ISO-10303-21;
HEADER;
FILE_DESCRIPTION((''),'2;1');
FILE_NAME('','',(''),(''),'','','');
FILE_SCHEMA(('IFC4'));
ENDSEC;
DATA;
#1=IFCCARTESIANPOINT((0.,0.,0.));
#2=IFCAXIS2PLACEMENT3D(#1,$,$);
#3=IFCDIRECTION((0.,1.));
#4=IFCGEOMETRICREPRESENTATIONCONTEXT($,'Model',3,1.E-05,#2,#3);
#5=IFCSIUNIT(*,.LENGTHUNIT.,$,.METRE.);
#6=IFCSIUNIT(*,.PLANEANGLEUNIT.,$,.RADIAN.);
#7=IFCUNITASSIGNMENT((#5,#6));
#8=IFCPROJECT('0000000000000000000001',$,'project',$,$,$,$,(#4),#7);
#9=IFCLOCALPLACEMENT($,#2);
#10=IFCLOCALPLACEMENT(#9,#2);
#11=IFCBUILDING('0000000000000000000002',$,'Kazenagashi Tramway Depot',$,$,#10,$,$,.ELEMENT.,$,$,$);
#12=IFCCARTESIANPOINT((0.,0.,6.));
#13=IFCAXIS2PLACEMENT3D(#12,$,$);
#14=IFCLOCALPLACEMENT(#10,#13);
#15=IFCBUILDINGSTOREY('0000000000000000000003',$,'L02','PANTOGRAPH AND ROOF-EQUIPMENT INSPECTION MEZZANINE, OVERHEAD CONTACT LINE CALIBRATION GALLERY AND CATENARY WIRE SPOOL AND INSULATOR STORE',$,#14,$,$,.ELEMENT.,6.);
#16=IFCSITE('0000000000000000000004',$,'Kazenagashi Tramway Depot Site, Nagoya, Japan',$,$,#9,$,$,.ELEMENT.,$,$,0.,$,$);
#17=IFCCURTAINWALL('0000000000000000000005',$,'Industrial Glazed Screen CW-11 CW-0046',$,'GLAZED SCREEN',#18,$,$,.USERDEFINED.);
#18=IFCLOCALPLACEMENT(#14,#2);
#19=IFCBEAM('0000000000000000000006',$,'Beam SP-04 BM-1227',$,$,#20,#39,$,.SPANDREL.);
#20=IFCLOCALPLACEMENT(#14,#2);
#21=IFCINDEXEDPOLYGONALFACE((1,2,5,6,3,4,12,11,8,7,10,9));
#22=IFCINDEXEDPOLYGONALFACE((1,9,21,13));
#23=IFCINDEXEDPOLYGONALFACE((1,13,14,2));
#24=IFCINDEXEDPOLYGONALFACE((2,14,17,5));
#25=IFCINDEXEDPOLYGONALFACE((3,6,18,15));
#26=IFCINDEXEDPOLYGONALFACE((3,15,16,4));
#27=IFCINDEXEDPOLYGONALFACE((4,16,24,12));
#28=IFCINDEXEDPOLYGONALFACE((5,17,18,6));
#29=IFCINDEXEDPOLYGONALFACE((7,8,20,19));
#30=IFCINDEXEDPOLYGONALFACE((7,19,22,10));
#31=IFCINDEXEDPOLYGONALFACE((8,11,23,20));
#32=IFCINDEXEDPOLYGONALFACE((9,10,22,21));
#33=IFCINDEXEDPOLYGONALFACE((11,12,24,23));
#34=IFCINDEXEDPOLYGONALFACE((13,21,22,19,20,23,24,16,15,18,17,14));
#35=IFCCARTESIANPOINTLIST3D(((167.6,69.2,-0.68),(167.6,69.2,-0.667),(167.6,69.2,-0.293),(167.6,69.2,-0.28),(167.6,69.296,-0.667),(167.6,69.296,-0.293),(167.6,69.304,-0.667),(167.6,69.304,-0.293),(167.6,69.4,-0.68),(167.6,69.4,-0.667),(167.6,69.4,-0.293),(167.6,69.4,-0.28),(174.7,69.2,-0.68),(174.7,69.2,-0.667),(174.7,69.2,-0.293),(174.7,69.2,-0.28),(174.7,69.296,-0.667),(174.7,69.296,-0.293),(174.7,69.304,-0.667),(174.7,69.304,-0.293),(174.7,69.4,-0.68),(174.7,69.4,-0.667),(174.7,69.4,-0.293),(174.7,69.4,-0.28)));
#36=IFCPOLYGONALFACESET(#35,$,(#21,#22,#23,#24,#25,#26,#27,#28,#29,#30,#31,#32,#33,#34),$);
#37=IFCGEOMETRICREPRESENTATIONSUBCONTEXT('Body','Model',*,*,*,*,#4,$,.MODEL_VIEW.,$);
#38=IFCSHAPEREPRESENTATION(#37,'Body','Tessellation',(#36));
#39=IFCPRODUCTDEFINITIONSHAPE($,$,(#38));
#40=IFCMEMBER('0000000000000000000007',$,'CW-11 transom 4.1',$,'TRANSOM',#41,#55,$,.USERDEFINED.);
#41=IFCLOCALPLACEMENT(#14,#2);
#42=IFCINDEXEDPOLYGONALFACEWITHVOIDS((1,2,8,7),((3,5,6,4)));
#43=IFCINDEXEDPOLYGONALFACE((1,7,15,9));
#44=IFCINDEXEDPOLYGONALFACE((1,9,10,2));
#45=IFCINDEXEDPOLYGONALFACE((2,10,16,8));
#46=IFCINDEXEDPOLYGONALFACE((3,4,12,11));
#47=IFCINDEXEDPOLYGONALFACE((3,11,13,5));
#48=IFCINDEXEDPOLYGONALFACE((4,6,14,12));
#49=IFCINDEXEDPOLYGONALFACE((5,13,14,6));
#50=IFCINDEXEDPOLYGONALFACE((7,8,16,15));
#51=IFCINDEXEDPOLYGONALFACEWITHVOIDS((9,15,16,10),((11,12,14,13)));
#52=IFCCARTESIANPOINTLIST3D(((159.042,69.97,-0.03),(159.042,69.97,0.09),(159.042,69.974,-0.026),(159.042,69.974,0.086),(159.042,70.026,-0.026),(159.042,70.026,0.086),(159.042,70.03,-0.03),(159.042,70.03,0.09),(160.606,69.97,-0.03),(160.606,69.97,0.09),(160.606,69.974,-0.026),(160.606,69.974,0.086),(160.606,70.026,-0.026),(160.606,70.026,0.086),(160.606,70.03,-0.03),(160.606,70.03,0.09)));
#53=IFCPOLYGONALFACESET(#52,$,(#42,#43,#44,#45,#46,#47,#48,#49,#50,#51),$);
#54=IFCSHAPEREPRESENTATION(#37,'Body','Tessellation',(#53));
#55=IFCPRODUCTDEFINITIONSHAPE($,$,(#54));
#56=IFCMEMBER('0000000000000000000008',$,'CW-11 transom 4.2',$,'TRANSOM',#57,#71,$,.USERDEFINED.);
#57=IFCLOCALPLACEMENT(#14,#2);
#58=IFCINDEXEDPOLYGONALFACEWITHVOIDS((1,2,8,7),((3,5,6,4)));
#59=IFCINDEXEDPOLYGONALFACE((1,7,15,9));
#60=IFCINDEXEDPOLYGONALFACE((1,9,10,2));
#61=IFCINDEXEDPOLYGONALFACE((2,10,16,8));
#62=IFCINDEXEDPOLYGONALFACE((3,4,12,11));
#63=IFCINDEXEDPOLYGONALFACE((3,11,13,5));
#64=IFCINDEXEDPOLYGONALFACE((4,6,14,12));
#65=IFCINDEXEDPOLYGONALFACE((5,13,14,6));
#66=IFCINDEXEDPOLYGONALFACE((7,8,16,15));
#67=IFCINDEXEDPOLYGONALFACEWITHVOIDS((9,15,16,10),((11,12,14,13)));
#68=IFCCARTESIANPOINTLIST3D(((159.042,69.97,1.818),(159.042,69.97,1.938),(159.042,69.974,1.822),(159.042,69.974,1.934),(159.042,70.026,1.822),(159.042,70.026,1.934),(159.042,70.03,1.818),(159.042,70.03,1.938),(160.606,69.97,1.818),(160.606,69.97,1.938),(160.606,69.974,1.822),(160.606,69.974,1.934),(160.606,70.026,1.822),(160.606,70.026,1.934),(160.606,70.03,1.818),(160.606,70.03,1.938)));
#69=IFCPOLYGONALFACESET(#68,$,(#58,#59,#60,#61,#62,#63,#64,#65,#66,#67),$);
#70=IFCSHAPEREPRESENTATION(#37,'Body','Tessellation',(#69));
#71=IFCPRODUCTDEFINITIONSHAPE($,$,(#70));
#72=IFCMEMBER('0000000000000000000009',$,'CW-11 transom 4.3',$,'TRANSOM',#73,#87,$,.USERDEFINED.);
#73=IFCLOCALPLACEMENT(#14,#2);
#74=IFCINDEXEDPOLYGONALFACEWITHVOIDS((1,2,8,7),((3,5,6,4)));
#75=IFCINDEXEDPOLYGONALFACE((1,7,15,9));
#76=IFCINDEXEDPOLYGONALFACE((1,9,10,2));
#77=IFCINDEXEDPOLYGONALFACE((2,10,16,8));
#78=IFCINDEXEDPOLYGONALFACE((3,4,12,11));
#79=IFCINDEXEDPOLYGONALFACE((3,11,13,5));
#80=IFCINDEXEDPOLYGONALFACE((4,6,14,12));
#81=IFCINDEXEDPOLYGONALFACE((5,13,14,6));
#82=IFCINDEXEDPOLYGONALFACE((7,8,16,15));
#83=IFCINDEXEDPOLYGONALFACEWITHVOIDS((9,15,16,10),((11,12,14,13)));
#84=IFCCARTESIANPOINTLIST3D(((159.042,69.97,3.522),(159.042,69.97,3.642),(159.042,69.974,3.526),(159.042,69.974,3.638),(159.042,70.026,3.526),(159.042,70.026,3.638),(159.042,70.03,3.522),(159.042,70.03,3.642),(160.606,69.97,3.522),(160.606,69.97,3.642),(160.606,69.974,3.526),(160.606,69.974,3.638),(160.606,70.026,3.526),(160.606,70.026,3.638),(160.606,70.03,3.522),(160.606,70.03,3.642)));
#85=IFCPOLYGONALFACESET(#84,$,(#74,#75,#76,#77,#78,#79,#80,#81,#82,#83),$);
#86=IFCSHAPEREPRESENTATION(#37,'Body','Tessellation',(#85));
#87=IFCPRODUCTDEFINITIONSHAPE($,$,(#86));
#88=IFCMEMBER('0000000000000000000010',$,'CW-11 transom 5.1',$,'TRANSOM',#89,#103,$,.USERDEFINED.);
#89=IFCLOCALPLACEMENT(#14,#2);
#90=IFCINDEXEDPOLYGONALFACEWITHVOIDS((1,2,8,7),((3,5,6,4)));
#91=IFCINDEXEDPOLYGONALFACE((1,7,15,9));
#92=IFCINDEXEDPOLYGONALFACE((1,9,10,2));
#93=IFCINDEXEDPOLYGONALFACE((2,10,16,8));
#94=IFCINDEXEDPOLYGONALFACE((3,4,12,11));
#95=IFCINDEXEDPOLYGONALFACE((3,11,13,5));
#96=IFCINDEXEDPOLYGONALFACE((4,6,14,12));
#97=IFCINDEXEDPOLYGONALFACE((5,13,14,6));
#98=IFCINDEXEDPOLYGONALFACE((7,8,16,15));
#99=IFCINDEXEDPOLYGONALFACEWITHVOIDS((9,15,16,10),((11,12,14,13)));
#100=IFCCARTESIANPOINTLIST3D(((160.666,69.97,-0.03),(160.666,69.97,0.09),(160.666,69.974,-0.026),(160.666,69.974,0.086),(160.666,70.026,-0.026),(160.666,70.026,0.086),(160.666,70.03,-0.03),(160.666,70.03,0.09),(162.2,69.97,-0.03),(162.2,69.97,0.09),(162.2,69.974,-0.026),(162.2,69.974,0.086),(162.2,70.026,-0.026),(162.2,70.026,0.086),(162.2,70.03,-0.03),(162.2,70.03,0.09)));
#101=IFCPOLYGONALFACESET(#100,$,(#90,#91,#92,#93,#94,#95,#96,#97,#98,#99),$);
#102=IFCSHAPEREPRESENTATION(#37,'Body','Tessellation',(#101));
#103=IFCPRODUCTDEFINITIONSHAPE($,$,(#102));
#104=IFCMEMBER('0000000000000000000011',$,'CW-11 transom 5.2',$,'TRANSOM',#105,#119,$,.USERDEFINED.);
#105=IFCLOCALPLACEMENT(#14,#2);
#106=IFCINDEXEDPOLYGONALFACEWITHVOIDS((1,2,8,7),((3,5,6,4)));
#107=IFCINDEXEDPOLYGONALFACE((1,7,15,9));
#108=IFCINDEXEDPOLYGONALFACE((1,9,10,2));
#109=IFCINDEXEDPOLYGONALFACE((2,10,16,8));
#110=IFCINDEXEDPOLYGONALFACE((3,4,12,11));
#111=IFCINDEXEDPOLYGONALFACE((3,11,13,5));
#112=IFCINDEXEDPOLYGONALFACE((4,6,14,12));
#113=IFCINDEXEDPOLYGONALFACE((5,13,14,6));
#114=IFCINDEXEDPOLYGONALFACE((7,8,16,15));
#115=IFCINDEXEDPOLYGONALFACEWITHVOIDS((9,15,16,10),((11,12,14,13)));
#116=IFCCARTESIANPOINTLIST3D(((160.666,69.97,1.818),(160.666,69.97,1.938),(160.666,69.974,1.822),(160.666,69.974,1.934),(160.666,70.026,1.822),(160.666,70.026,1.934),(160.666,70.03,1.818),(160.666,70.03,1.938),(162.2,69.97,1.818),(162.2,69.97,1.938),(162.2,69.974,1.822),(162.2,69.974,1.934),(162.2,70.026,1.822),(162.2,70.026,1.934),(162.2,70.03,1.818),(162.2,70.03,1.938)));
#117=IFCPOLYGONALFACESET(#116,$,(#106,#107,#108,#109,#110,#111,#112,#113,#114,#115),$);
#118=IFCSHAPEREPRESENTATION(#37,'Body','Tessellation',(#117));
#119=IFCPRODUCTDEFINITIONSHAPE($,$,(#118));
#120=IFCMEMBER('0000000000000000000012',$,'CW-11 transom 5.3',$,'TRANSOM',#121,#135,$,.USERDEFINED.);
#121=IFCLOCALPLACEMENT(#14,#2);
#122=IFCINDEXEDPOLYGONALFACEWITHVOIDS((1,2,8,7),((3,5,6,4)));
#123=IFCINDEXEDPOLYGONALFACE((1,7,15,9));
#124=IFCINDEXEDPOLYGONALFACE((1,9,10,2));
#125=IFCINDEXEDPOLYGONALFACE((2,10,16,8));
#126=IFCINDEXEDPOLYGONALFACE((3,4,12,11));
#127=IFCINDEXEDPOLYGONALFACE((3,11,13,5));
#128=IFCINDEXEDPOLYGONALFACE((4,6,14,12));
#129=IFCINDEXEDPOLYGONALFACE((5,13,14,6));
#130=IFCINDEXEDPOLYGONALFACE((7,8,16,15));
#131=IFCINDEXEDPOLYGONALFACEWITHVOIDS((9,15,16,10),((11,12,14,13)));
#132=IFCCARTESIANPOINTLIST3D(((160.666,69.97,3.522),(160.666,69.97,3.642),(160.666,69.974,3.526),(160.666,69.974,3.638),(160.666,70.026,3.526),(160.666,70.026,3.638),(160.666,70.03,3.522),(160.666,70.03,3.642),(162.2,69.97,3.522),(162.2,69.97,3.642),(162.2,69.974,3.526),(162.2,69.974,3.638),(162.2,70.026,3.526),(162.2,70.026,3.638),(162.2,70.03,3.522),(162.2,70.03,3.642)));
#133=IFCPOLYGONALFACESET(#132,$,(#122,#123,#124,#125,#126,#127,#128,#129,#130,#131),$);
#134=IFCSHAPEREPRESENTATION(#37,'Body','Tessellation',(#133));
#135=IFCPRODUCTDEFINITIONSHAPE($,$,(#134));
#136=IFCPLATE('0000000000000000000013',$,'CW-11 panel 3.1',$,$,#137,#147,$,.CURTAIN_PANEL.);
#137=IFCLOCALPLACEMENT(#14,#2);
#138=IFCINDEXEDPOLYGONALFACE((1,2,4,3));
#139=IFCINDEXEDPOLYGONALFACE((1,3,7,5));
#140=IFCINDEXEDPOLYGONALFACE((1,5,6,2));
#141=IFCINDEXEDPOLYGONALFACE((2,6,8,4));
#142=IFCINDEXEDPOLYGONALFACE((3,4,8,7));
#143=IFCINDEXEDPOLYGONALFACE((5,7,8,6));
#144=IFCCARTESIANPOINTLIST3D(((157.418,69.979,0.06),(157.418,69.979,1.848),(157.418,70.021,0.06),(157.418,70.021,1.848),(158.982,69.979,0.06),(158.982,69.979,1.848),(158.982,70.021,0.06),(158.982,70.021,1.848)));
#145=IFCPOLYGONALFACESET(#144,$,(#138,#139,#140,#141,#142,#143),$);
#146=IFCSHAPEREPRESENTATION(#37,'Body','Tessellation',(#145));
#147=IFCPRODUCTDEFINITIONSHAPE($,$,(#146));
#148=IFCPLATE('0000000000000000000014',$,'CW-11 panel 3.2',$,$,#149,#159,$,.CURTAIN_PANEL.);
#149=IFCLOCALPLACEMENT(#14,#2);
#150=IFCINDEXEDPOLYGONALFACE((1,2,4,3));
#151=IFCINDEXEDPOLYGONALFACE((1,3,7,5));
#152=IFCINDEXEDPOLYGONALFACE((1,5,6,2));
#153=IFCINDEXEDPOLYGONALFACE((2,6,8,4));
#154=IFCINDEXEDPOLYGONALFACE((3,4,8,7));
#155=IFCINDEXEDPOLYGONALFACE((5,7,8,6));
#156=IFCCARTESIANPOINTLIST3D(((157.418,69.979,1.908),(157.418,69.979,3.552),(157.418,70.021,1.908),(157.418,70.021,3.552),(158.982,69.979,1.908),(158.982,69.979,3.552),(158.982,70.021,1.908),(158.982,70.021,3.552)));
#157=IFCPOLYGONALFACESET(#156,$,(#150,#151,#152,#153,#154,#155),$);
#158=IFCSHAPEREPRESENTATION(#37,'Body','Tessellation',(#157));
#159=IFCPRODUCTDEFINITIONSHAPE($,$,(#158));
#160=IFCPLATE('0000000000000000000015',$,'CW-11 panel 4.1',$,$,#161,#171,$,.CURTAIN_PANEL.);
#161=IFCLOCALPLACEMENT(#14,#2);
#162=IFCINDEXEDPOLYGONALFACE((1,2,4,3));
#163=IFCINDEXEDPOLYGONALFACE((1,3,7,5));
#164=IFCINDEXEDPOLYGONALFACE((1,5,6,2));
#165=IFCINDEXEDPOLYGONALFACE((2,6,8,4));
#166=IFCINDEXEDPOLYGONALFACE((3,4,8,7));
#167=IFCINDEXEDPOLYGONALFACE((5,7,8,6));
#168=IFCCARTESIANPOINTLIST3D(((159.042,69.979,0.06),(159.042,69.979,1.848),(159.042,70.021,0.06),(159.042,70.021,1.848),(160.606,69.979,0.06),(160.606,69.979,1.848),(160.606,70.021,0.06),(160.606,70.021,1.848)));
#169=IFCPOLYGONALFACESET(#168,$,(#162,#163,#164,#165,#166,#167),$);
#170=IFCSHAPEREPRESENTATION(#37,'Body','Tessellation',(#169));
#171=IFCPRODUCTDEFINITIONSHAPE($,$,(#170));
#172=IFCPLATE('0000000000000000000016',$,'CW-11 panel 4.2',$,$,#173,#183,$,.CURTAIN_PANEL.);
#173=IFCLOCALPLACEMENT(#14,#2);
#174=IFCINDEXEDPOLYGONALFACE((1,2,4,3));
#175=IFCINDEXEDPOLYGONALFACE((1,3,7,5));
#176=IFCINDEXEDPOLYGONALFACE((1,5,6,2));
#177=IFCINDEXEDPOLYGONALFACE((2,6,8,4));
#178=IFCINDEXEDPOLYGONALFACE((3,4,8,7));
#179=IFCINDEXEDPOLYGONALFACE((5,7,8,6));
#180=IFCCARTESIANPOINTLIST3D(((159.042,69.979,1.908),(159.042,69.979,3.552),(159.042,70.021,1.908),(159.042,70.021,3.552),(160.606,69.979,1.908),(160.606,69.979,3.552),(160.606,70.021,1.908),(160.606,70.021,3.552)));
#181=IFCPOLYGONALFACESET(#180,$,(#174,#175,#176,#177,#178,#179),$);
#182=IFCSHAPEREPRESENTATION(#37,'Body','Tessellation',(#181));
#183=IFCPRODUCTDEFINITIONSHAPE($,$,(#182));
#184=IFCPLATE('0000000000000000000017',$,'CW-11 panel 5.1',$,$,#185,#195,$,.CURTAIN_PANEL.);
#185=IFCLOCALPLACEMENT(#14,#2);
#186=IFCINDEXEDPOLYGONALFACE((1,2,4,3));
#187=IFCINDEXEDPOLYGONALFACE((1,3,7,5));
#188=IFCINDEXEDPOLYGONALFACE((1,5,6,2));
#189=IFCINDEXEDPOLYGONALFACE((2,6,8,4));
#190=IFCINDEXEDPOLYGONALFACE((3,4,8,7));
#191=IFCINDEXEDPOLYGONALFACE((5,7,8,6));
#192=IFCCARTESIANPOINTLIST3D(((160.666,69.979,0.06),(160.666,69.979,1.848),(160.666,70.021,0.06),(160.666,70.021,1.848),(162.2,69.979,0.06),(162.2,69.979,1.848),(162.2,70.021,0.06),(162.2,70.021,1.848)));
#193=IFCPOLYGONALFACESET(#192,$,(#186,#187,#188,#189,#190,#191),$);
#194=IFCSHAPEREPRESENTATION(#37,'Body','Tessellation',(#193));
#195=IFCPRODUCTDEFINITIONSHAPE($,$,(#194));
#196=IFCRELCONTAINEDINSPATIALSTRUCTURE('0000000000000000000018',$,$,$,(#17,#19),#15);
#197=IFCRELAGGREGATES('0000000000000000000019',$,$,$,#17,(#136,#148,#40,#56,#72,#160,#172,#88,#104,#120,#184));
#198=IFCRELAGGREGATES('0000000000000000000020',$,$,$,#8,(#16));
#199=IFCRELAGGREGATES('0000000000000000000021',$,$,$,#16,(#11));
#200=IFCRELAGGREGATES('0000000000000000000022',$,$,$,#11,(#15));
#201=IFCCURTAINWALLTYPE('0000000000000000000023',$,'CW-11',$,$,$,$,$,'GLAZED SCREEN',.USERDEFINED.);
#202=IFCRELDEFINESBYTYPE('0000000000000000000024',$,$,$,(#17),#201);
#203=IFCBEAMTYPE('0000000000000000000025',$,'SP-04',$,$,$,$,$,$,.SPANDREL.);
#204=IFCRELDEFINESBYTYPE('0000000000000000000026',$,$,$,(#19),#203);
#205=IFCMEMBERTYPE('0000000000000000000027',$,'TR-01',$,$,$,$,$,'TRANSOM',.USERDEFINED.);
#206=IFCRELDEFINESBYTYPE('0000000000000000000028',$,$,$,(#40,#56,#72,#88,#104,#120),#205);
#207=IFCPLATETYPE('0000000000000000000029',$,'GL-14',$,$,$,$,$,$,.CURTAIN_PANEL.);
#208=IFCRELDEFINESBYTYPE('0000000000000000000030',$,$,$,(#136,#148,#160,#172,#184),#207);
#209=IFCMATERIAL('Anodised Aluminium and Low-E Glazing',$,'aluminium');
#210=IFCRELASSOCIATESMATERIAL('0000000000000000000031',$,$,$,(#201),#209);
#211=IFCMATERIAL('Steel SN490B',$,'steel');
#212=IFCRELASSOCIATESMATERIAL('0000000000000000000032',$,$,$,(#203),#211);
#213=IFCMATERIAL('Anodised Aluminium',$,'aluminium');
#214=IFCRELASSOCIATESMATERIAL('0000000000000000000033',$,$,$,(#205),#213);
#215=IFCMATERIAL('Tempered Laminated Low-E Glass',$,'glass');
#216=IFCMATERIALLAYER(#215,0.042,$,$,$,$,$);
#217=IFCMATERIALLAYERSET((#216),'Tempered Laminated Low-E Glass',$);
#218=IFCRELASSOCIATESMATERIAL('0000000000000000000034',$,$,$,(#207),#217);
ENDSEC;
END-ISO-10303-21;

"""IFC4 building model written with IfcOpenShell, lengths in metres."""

from ifc_helpers import new_model, si_unit, direction, frame, origin, origin_2d, place, context, subcontext, project, spatial, rectangle, hollow_rectangle, i_section, extrude, material, layer, layer_set, material_profile, profile_set, type_object, element, aggregate, save


model = new_model("IFC4")

# Units and contexts
model_context = context("Model", 3, precision=1e-05, world=origin(), true_north=direction((0.0, 1.0)))
body_context = subcontext(model_context, "Body", "Model", "MODEL_VIEW")
ifc_project = project(units=[si_unit("LENGTHUNIT", "METRE"), si_unit("PLANEANGLEUNIT", "RADIAN")], contexts=[model_context])

# Site, building, storey
site_placement = place(None, origin())
site = spatial("IfcSite", under=ifc_project, at=site_placement, Name="Kazenagashi Tramway Depot Site, Nagoya, Japan", CompositionType="ELEMENT", RefElevation=0.0)
building_placement = place(site_placement, origin())
building = spatial("IfcBuilding", under=site, at=building_placement, Name="Kazenagashi Tramway Depot", CompositionType="ELEMENT")
storey_placement = place(building_placement, frame((0.0, 0.0, 6.0)))
storey = spatial("IfcBuildingStorey", under=building, at=storey_placement, Name="L02", Description="PANTOGRAPH AND ROOF-EQUIPMENT INSPECTION MEZZANINE, OVERHEAD CONTACT LINE CALIBRATION GALLERY AND CATENARY WIRE SPOOL AND INSULATOR STORE", CompositionType="ELEMENT", Elevation=6.0)

# Shared definitions
ifc_material_1 = material(Name="Steel SN490B", Category="steel")

# Curtain wall
ifc_material_2 = material(Name="Anodised Aluminium and Low-E Glazing", Category="aluminium")
curtain_wall_type = type_object("IfcCurtainWallType", Name="CW-11", ElementType="GLAZED SCREEN", PredefinedType="USERDEFINED", material=ifc_material_2)
curtain_wall_placement = place(storey_placement, origin())
curtain_wall = element("IfcCurtainWall", 1, at=curtain_wall_placement, inside=storey, type_object=curtain_wall_type, Name="Industrial Glazed Screen CW-11 CW-0046", ObjectType="GLAZED SCREEN", PredefinedType="USERDEFINED")
ifc_material_3 = material(Name="Anodised Aluminium", Category="aluminium")

# Beam
ifc_material_profile_1 = material_profile(ifc_material_1, i_section(OverallWidth=0.2, OverallDepth=0.4, WebThickness=0.008, FlangeThickness=0.013, at=origin_2d()), Name="H-400x200x8x13")
ifc_profile_set_1 = profile_set([ifc_material_profile_1], Name="Steel SN490B")
beam_type_1 = type_object("IfcBeamType", Name="SP-04", PredefinedType="SPANDREL", material=ifc_profile_set_1)
for number, where, z_axis, x_axis, name in (
    (2, (167.6, 69.3, -0.48), (1.0, 0.0, 0.0), (0.0, 1.0, 0.0), "Beam SP-04 BM-1227"),
):
    element("IfcBeam", number, at=place(storey_placement, frame(where, z_axis=z_axis, x_axis=x_axis)), inside=storey, type_object=beam_type_1, Name=name, PredefinedType="SPANDREL", context=body_context, shape_type="SweptSolid", body=[
        extrude(i_section(OverallWidth=0.2, OverallDepth=0.4, WebThickness=0.008, FlangeThickness=0.013, at=origin_2d()), origin(), (0.0, 0.0, 1.0), 7.1),
    ])

# Members
ifc_material_profile_2 = material_profile(ifc_material_3, hollow_rectangle(XDim=0.06, YDim=0.12, WallThickness=0.004, at=origin_2d()), Name="RHS-120x60x4")
ifc_profile_set_2 = profile_set([ifc_material_profile_2], Name="Anodised Aluminium")
member_type_1 = type_object("IfcMemberType", Name="TR-01", ElementType="TRANSOM", PredefinedType="USERDEFINED", material=ifc_profile_set_2)
member_1_placement = place(storey_placement, frame((159.042, 70.0, 0.03), z_axis=(1.0, 0.0, 0.0), x_axis=(0.0, 1.0, 0.0)))
member_1 = element("IfcMember", 3, at=member_1_placement, type_object=member_type_1, Name="CW-11 transom 4.1", ObjectType="TRANSOM", PredefinedType="USERDEFINED", context=body_context, shape_type="SweptSolid", body=[
    extrude(hollow_rectangle(XDim=0.06, YDim=0.12, WallThickness=0.004, at=origin_2d()), origin(), (0.0, 0.0, 1.0), 1.564),
])
member_2_placement = place(storey_placement, frame((159.042, 70.0, 1.878), z_axis=(1.0, 0.0, 0.0), x_axis=(0.0, 1.0, 0.0)))
member_2 = element("IfcMember", 4, at=member_2_placement, type_object=member_type_1, Name="CW-11 transom 4.2", ObjectType="TRANSOM", PredefinedType="USERDEFINED", context=body_context, shape_type="SweptSolid", body=[
    extrude(hollow_rectangle(XDim=0.06, YDim=0.12, WallThickness=0.004, at=origin_2d()), origin(), (0.0, 0.0, 1.0), 1.564),
])
member_3_placement = place(storey_placement, frame((159.042, 70.0, 3.582), z_axis=(1.0, 0.0, 0.0), x_axis=(0.0, 1.0, 0.0)))
member_3 = element("IfcMember", 5, at=member_3_placement, type_object=member_type_1, Name="CW-11 transom 4.3", ObjectType="TRANSOM", PredefinedType="USERDEFINED", context=body_context, shape_type="SweptSolid", body=[
    extrude(hollow_rectangle(XDim=0.06, YDim=0.12, WallThickness=0.004, at=origin_2d()), origin(), (0.0, 0.0, 1.0), 1.564),
])
member_4_placement = place(storey_placement, frame((160.666, 70.0, 0.03), z_axis=(1.0, 0.0, 0.0), x_axis=(0.0, 1.0, 0.0)))
member_4 = element("IfcMember", 6, at=member_4_placement, type_object=member_type_1, Name="CW-11 transom 5.1", ObjectType="TRANSOM", PredefinedType="USERDEFINED", context=body_context, shape_type="SweptSolid", body=[
    extrude(hollow_rectangle(XDim=0.06, YDim=0.12, WallThickness=0.004, at=origin_2d()), origin(), (0.0, 0.0, 1.0), 1.534),
])
member_5_placement = place(storey_placement, frame((160.666, 70.0, 1.878), z_axis=(1.0, 0.0, 0.0), x_axis=(0.0, 1.0, 0.0)))
member_5 = element("IfcMember", 7, at=member_5_placement, type_object=member_type_1, Name="CW-11 transom 5.2", ObjectType="TRANSOM", PredefinedType="USERDEFINED", context=body_context, shape_type="SweptSolid", body=[
    extrude(hollow_rectangle(XDim=0.06, YDim=0.12, WallThickness=0.004, at=origin_2d()), origin(), (0.0, 0.0, 1.0), 1.534),
])
member_6_placement = place(storey_placement, frame((160.666, 70.0, 3.582), z_axis=(1.0, 0.0, 0.0), x_axis=(0.0, 1.0, 0.0)))
member_6 = element("IfcMember", 8, at=member_6_placement, type_object=member_type_1, Name="CW-11 transom 5.3", ObjectType="TRANSOM", PredefinedType="USERDEFINED", context=body_context, shape_type="SweptSolid", body=[
    extrude(hollow_rectangle(XDim=0.06, YDim=0.12, WallThickness=0.004, at=origin_2d()), origin(), (0.0, 0.0, 1.0), 1.534),
])

# Plates
ifc_material_4 = material(Name="Tempered Laminated Low-E Glass", Category="glass")
ifc_layer_1 = layer(ifc_material_4, 0.042)
ifc_layer_set_1 = layer_set([ifc_layer_1], Name="Tempered Laminated Low-E Glass")
plate_type = type_object("IfcPlateType", Name="GL-14", PredefinedType="CURTAIN_PANEL", material=ifc_layer_set_1)
plate_1_placement = place(storey_placement, frame((158.2, 70.0, 0.06), z_axis=(0.0, 0.0, 1.0), x_axis=(1.0, 0.0, 0.0)))
plate_1 = element("IfcPlate", 9, at=plate_1_placement, type_object=plate_type, Name="CW-11 panel 3.1", PredefinedType="CURTAIN_PANEL", context=body_context, shape_type="SweptSolid", body=[
    extrude(rectangle(XDim=1.564, YDim=0.042, at=origin_2d()), origin(), (0.0, 0.0, 1.0), 1.788),
])
plate_2_placement = place(storey_placement, frame((158.2, 70.0, 1.908), z_axis=(0.0, 0.0, 1.0), x_axis=(1.0, 0.0, 0.0)))
plate_2 = element("IfcPlate", 10, at=plate_2_placement, type_object=plate_type, Name="CW-11 panel 3.2", PredefinedType="CURTAIN_PANEL", context=body_context, shape_type="SweptSolid", body=[
    extrude(rectangle(XDim=1.564, YDim=0.042, at=origin_2d()), origin(), (0.0, 0.0, 1.0), 1.644),
])
plate_3_placement = place(storey_placement, frame((159.824, 70.0, 0.06), z_axis=(0.0, 0.0, 1.0), x_axis=(1.0, 0.0, 0.0)))
plate_3 = element("IfcPlate", 11, at=plate_3_placement, type_object=plate_type, Name="CW-11 panel 4.1", PredefinedType="CURTAIN_PANEL", context=body_context, shape_type="SweptSolid", body=[
    extrude(rectangle(XDim=1.564, YDim=0.042, at=origin_2d()), origin(), (0.0, 0.0, 1.0), 1.788),
])
plate_4_placement = place(storey_placement, frame((159.824, 70.0, 1.908), z_axis=(0.0, 0.0, 1.0), x_axis=(1.0, 0.0, 0.0)))
plate_4 = element("IfcPlate", 12, at=plate_4_placement, type_object=plate_type, Name="CW-11 panel 4.2", PredefinedType="CURTAIN_PANEL", context=body_context, shape_type="SweptSolid", body=[
    extrude(rectangle(XDim=1.564, YDim=0.042, at=origin_2d()), origin(), (0.0, 0.0, 1.0), 1.644),
])
plate_5_placement = place(storey_placement, frame((161.433, 70.0, 0.06), z_axis=(0.0, 0.0, 1.0), x_axis=(1.0, 0.0, 0.0)))
plate_5 = element("IfcPlate", 13, at=plate_5_placement, type_object=plate_type, Name="CW-11 panel 5.1", PredefinedType="CURTAIN_PANEL", context=body_context, shape_type="SweptSolid", body=[
    extrude(rectangle(XDim=1.534, YDim=0.042, at=origin_2d()), origin(), (0.0, 0.0, 1.0), 1.788),
])
aggregate(curtain_wall, [plate_1, plate_2, member_1, member_2, member_3, plate_3, plate_4, member_4, member_5, member_6, plate_5])

save(model, "model.ifc")
